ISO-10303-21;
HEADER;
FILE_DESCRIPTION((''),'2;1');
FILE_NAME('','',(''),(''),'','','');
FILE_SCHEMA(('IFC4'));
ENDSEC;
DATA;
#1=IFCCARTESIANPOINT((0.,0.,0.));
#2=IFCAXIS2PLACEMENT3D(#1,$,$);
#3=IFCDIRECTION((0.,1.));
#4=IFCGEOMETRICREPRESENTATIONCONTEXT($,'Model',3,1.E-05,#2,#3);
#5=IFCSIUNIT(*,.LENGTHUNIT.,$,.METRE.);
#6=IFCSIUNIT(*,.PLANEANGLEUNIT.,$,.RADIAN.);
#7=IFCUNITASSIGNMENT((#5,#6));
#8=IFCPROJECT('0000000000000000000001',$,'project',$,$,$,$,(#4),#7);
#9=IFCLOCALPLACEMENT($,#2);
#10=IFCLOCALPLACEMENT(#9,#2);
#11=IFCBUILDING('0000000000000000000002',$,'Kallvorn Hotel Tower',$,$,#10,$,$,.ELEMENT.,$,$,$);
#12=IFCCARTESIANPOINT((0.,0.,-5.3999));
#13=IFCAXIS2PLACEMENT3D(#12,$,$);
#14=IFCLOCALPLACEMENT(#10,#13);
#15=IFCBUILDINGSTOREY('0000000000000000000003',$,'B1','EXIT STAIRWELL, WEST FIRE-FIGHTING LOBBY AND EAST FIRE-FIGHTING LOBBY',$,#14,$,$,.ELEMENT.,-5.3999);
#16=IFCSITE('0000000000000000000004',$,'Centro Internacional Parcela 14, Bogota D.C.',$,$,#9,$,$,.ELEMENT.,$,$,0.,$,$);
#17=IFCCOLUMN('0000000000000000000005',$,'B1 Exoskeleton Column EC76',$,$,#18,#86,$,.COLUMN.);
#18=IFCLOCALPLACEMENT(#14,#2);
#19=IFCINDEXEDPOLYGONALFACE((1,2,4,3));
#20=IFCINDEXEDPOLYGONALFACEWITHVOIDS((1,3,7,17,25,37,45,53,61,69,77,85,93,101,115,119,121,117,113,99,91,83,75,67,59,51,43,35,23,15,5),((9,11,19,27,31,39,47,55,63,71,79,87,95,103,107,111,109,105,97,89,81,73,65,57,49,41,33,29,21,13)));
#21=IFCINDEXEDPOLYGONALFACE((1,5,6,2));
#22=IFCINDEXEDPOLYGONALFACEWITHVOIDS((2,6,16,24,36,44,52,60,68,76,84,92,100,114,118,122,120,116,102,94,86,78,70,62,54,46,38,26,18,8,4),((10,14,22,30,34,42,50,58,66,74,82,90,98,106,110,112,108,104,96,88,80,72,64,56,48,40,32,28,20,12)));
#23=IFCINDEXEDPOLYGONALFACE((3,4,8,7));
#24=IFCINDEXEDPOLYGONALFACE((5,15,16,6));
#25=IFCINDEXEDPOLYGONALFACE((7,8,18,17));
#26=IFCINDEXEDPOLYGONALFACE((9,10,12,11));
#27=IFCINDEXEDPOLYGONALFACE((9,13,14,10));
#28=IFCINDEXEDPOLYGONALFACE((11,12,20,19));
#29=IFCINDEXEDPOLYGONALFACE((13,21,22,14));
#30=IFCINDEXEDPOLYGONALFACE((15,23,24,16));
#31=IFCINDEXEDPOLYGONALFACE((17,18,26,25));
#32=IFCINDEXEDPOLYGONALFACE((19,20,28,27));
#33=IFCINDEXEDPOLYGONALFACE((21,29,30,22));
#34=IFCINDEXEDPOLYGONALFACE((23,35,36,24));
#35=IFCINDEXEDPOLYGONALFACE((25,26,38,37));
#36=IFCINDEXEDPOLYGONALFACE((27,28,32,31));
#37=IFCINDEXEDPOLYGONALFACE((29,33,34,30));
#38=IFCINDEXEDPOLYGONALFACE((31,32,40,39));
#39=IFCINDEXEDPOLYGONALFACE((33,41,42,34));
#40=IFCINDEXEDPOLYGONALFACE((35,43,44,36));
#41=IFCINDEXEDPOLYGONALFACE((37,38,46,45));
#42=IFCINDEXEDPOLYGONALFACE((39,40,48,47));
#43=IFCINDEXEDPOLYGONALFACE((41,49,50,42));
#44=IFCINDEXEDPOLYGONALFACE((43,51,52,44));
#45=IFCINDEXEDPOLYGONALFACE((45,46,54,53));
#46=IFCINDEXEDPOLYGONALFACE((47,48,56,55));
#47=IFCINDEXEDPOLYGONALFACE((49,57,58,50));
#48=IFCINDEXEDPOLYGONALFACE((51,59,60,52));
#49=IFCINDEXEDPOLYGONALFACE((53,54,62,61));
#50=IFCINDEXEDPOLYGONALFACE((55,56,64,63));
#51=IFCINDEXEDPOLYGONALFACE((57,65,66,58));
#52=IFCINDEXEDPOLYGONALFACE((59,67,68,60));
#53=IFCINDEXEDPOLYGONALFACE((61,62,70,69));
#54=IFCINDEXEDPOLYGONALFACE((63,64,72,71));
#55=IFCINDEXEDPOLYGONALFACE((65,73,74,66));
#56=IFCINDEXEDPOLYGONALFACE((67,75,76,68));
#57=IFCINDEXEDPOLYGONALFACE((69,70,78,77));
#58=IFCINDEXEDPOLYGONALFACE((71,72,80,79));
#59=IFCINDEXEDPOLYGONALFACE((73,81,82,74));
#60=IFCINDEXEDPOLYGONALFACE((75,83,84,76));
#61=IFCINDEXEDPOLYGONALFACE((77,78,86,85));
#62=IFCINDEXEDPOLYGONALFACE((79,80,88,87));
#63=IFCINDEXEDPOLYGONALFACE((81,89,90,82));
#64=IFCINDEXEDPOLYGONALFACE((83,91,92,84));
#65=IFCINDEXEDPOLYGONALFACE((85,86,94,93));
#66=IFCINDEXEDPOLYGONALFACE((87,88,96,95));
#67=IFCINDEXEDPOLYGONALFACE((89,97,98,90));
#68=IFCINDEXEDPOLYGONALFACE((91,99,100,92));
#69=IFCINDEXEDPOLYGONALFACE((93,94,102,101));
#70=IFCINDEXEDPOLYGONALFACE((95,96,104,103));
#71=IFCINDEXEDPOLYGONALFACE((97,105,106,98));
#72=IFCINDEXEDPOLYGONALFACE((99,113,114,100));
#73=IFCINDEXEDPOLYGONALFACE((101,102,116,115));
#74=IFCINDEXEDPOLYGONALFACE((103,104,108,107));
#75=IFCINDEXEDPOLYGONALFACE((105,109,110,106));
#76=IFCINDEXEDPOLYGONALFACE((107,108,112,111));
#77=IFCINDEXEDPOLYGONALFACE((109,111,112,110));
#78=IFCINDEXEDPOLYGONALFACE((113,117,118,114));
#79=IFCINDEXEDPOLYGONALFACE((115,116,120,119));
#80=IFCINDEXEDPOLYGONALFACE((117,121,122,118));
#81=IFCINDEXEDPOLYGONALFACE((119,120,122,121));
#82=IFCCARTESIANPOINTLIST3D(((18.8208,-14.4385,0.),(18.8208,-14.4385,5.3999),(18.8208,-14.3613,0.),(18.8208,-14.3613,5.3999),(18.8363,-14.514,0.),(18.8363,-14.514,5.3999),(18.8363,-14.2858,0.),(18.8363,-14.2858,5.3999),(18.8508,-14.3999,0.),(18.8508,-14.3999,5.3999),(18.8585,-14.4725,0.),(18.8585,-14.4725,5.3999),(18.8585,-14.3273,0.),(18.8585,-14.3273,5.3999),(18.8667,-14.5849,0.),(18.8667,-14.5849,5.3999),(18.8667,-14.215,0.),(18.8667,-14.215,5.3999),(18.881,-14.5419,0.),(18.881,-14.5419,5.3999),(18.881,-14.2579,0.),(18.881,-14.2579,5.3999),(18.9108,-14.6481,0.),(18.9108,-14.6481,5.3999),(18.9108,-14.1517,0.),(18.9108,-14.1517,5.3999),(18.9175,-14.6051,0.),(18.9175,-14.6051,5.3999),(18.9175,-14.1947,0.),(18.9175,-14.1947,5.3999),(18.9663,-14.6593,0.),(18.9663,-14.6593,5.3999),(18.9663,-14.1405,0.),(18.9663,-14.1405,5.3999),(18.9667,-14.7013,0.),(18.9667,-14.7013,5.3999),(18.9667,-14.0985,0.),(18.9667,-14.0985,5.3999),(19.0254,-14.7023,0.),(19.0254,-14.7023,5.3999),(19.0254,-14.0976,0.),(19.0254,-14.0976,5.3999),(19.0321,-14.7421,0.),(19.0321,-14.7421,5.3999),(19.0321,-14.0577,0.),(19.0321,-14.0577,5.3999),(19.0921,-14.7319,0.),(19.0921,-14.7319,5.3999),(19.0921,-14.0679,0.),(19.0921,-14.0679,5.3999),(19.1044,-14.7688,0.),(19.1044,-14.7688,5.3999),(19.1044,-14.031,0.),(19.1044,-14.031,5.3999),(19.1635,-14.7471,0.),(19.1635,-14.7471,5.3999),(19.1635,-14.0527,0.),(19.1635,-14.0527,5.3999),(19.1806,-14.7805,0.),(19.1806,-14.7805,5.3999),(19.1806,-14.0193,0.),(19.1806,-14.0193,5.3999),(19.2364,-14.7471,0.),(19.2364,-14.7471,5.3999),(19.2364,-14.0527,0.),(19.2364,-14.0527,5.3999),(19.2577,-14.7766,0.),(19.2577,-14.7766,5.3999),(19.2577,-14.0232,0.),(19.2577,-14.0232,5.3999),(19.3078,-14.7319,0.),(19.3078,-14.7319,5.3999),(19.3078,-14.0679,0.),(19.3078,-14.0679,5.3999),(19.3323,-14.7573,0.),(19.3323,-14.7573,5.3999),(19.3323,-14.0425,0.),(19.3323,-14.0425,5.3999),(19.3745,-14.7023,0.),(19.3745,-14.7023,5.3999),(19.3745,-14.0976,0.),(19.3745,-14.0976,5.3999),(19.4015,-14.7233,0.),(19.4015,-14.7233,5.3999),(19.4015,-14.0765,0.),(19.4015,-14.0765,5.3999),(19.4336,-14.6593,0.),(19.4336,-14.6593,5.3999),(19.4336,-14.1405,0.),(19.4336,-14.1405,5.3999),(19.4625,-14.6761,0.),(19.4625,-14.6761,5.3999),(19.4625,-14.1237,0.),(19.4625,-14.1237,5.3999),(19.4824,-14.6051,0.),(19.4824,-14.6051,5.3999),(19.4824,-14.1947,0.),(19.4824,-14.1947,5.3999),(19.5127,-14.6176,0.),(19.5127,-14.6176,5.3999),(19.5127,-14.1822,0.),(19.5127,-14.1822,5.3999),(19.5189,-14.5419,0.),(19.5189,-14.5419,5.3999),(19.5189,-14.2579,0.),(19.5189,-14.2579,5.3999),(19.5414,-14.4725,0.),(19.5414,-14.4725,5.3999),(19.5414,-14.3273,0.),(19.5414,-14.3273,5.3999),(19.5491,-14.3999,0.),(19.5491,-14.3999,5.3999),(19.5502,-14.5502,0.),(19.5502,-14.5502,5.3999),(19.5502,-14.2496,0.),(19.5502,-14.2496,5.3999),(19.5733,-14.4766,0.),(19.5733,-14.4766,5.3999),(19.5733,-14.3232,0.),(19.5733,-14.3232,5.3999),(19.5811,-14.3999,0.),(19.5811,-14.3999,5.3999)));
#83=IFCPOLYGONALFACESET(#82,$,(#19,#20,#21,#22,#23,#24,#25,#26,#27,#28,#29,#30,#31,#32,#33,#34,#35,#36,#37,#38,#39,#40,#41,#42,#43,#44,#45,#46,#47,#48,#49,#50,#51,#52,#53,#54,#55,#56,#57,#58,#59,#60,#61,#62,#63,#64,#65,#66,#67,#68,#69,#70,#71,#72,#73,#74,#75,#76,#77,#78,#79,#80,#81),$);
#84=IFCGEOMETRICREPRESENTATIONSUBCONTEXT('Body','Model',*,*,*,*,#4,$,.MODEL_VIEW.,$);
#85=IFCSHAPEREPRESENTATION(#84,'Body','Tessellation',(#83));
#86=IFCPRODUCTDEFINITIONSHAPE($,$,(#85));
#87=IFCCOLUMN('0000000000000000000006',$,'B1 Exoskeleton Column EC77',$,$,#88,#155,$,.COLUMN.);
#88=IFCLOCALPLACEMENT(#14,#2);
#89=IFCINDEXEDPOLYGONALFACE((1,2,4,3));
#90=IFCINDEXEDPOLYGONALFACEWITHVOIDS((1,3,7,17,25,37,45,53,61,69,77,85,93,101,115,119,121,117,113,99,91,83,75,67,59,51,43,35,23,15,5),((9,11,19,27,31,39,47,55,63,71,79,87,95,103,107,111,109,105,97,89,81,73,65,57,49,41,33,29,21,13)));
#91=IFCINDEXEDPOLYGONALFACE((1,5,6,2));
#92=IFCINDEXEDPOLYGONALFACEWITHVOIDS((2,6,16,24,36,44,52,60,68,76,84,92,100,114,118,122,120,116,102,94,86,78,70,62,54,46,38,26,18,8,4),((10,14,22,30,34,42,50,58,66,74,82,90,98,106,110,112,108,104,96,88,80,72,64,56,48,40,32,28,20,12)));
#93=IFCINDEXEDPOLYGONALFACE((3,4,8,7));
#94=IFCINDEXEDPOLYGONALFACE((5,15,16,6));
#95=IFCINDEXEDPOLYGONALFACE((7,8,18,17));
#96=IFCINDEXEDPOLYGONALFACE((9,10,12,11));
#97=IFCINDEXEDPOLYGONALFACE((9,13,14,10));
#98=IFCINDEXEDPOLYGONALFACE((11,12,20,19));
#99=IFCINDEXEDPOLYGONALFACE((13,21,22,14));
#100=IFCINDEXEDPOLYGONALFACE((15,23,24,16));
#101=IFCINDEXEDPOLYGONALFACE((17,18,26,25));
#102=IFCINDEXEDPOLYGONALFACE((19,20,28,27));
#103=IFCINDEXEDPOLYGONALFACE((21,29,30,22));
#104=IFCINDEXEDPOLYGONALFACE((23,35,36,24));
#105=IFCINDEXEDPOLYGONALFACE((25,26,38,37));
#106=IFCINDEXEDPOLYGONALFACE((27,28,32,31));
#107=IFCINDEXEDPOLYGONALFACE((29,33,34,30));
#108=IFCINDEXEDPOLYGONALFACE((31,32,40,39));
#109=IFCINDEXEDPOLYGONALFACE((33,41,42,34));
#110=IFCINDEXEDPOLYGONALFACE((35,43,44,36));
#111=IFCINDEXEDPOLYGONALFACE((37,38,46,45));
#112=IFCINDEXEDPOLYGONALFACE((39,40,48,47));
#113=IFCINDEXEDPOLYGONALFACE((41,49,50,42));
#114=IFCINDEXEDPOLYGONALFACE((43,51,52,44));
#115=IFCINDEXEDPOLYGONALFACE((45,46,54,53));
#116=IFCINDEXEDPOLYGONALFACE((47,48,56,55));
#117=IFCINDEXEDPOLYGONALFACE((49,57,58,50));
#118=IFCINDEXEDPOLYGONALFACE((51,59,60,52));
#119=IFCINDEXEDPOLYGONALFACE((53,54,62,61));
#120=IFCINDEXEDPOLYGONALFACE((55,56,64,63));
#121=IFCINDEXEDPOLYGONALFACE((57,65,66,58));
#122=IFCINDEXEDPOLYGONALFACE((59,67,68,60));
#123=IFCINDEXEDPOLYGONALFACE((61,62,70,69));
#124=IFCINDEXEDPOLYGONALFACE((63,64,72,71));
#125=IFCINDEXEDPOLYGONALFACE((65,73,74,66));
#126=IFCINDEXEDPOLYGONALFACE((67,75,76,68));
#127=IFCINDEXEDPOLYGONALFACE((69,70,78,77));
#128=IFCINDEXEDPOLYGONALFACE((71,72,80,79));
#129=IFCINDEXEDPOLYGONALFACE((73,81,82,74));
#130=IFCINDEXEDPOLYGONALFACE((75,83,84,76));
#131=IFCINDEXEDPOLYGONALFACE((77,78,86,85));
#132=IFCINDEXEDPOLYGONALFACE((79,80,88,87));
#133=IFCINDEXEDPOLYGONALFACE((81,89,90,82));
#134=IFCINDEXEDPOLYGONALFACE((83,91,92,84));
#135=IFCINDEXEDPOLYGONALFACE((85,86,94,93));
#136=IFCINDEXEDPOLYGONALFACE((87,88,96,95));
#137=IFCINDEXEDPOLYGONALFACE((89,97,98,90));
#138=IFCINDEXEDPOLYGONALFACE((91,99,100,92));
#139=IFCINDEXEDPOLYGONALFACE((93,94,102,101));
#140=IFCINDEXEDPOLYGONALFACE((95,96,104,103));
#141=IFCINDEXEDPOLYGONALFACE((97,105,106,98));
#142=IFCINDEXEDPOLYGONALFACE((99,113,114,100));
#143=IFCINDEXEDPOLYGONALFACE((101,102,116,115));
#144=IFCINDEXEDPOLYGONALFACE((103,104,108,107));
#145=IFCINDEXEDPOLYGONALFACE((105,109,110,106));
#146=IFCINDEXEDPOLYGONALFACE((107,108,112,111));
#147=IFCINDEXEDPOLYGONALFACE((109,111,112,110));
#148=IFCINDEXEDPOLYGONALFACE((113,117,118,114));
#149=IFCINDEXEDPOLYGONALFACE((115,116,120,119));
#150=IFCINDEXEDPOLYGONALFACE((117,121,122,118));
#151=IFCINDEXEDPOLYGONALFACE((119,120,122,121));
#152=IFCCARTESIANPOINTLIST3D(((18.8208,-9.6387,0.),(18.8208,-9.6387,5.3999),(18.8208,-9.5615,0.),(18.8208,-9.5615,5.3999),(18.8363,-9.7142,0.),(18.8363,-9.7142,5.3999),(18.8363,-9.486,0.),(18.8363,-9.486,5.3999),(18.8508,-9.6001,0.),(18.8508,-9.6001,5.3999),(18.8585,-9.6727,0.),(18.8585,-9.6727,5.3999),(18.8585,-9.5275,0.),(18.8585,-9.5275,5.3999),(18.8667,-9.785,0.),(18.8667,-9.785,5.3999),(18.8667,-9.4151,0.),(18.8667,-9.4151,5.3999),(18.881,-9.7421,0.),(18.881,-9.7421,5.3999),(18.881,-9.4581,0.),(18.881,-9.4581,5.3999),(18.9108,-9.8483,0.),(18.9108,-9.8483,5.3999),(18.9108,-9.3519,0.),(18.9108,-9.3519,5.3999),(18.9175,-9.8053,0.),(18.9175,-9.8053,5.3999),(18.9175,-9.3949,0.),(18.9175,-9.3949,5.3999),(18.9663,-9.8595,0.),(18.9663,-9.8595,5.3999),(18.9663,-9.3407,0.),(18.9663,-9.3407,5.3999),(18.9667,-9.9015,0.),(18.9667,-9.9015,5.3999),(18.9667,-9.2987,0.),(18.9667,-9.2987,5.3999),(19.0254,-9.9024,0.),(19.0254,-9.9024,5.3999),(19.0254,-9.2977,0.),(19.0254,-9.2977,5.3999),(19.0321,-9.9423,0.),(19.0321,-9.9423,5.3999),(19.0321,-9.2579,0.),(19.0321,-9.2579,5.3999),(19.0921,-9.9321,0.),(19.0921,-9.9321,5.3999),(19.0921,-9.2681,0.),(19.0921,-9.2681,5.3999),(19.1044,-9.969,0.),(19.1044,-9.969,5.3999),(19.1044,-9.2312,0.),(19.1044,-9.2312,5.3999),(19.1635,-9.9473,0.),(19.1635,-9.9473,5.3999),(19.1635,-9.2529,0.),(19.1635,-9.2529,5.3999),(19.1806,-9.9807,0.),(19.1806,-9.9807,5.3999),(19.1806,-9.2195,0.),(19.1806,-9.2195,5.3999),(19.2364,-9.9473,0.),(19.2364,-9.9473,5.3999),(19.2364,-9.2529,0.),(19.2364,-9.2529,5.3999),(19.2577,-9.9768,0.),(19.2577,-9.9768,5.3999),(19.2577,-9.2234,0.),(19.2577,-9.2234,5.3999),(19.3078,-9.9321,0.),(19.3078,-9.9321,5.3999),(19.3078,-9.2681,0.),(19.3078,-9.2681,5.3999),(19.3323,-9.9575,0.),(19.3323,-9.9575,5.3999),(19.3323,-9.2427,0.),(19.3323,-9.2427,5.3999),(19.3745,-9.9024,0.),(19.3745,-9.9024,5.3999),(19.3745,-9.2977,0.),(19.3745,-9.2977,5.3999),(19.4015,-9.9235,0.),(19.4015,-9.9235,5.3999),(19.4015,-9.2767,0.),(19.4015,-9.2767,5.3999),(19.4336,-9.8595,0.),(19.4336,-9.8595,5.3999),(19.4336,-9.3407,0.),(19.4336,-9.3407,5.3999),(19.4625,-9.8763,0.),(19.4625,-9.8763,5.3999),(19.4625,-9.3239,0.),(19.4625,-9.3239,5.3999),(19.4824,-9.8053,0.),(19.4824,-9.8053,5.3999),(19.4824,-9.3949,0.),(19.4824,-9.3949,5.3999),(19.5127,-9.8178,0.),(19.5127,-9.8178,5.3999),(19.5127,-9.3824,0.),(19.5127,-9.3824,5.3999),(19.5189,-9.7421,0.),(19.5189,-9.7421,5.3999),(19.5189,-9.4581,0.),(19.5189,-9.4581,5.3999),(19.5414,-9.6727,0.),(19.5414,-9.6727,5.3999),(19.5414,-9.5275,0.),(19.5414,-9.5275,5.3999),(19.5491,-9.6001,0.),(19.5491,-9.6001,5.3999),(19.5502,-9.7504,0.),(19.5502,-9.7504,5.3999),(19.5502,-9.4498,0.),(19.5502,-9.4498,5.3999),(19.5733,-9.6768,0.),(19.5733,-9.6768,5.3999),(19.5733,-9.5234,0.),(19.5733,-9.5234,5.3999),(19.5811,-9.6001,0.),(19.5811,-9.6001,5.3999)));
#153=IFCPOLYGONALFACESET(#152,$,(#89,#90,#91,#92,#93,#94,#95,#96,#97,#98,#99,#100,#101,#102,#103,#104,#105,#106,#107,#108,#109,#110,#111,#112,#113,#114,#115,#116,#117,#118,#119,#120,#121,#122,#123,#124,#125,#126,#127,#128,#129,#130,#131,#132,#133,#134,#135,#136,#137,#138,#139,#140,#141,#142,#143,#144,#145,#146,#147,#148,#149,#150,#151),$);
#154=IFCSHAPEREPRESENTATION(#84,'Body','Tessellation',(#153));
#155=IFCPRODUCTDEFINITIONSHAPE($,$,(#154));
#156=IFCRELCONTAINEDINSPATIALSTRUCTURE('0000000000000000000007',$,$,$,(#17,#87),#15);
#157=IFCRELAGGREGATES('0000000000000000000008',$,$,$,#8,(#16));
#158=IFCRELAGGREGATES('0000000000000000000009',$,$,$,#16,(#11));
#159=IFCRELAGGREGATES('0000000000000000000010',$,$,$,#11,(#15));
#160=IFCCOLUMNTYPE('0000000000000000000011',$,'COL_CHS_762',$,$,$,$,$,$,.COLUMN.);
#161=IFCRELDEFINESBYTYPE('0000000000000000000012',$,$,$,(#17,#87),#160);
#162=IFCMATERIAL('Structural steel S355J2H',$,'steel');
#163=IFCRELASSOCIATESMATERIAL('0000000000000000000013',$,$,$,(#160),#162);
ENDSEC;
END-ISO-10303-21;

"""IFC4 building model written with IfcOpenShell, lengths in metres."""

from ifc_helpers import new_model, si_unit, direction, frame, origin, origin_2d, place, context, subcontext, project, spatial, hollow_circle, extrude, material, material_profile, profile_set, type_object, element, save


model = new_model("IFC4")

# Units and contexts
model_context = context("Model", 3, precision=1e-05, world=origin(), true_north=direction((0.0, 1.0)))
body_context = subcontext(model_context, "Body", "Model", "MODEL_VIEW")
ifc_project = project(units=[si_unit("LENGTHUNIT", "METRE"), si_unit("PLANEANGLEUNIT", "RADIAN")], contexts=[model_context])

# Site, building, storey
site_placement = place(None, origin())
site = spatial("IfcSite", under=ifc_project, at=site_placement, Name="Centro Internacional Parcela 14, Bogota D.C.", CompositionType="ELEMENT", RefElevation=0.0)
building_placement = place(site_placement, origin())
building = spatial("IfcBuilding", under=site, at=building_placement, Name="Kallvorn Hotel Tower", CompositionType="ELEMENT")
storey_placement = place(building_placement, frame((0.0, 0.0, -5.3999)))
storey = spatial("IfcBuildingStorey", under=building, at=storey_placement, Name="B1", Description="EXIT STAIRWELL, WEST FIRE-FIGHTING LOBBY AND EAST FIRE-FIGHTING LOBBY", CompositionType="ELEMENT", Elevation=-5.3999)

# Columns
ifc_material_1 = material(Name="Structural steel S355J2H", Category="steel")
ifc_material_profile_1 = material_profile(ifc_material_1, hollow_circle(Radius=0.3811, WallThickness=0.032, at=origin_2d()), Name="CHS 762x32")
ifc_profile_set_1 = profile_set([ifc_material_profile_1], Name="Structural steel S355J2H")
column_type_1 = type_object("IfcColumnType", Name="COL_CHS_762", PredefinedType="COLUMN", material=ifc_profile_set_1)
for number, where, z_axis, x_axis, name in (
    (1, (19.2, -14.3999, 0.0), (0.0, 0.0, 1.0), (1.0, 0.0, 0.0), "B1 Exoskeleton Column EC76"),
    (2, (19.2, -9.6001, 0.0), (0.0, 0.0, 1.0), (1.0, 0.0, 0.0), "B1 Exoskeleton Column EC77"),
):
    element("IfcColumn", number, at=place(storey_placement, frame(where, z_axis=z_axis, x_axis=x_axis)), inside=storey, type_object=column_type_1, Name=name, PredefinedType="COLUMN", context=body_context, shape_type="SweptSolid", body=[
        extrude(hollow_circle(Radius=0.3811, WallThickness=0.032, at=origin_2d()), origin(), (0.0, 0.0, 1.0), 5.3999),
    ])

save(model, "model.ifc")
